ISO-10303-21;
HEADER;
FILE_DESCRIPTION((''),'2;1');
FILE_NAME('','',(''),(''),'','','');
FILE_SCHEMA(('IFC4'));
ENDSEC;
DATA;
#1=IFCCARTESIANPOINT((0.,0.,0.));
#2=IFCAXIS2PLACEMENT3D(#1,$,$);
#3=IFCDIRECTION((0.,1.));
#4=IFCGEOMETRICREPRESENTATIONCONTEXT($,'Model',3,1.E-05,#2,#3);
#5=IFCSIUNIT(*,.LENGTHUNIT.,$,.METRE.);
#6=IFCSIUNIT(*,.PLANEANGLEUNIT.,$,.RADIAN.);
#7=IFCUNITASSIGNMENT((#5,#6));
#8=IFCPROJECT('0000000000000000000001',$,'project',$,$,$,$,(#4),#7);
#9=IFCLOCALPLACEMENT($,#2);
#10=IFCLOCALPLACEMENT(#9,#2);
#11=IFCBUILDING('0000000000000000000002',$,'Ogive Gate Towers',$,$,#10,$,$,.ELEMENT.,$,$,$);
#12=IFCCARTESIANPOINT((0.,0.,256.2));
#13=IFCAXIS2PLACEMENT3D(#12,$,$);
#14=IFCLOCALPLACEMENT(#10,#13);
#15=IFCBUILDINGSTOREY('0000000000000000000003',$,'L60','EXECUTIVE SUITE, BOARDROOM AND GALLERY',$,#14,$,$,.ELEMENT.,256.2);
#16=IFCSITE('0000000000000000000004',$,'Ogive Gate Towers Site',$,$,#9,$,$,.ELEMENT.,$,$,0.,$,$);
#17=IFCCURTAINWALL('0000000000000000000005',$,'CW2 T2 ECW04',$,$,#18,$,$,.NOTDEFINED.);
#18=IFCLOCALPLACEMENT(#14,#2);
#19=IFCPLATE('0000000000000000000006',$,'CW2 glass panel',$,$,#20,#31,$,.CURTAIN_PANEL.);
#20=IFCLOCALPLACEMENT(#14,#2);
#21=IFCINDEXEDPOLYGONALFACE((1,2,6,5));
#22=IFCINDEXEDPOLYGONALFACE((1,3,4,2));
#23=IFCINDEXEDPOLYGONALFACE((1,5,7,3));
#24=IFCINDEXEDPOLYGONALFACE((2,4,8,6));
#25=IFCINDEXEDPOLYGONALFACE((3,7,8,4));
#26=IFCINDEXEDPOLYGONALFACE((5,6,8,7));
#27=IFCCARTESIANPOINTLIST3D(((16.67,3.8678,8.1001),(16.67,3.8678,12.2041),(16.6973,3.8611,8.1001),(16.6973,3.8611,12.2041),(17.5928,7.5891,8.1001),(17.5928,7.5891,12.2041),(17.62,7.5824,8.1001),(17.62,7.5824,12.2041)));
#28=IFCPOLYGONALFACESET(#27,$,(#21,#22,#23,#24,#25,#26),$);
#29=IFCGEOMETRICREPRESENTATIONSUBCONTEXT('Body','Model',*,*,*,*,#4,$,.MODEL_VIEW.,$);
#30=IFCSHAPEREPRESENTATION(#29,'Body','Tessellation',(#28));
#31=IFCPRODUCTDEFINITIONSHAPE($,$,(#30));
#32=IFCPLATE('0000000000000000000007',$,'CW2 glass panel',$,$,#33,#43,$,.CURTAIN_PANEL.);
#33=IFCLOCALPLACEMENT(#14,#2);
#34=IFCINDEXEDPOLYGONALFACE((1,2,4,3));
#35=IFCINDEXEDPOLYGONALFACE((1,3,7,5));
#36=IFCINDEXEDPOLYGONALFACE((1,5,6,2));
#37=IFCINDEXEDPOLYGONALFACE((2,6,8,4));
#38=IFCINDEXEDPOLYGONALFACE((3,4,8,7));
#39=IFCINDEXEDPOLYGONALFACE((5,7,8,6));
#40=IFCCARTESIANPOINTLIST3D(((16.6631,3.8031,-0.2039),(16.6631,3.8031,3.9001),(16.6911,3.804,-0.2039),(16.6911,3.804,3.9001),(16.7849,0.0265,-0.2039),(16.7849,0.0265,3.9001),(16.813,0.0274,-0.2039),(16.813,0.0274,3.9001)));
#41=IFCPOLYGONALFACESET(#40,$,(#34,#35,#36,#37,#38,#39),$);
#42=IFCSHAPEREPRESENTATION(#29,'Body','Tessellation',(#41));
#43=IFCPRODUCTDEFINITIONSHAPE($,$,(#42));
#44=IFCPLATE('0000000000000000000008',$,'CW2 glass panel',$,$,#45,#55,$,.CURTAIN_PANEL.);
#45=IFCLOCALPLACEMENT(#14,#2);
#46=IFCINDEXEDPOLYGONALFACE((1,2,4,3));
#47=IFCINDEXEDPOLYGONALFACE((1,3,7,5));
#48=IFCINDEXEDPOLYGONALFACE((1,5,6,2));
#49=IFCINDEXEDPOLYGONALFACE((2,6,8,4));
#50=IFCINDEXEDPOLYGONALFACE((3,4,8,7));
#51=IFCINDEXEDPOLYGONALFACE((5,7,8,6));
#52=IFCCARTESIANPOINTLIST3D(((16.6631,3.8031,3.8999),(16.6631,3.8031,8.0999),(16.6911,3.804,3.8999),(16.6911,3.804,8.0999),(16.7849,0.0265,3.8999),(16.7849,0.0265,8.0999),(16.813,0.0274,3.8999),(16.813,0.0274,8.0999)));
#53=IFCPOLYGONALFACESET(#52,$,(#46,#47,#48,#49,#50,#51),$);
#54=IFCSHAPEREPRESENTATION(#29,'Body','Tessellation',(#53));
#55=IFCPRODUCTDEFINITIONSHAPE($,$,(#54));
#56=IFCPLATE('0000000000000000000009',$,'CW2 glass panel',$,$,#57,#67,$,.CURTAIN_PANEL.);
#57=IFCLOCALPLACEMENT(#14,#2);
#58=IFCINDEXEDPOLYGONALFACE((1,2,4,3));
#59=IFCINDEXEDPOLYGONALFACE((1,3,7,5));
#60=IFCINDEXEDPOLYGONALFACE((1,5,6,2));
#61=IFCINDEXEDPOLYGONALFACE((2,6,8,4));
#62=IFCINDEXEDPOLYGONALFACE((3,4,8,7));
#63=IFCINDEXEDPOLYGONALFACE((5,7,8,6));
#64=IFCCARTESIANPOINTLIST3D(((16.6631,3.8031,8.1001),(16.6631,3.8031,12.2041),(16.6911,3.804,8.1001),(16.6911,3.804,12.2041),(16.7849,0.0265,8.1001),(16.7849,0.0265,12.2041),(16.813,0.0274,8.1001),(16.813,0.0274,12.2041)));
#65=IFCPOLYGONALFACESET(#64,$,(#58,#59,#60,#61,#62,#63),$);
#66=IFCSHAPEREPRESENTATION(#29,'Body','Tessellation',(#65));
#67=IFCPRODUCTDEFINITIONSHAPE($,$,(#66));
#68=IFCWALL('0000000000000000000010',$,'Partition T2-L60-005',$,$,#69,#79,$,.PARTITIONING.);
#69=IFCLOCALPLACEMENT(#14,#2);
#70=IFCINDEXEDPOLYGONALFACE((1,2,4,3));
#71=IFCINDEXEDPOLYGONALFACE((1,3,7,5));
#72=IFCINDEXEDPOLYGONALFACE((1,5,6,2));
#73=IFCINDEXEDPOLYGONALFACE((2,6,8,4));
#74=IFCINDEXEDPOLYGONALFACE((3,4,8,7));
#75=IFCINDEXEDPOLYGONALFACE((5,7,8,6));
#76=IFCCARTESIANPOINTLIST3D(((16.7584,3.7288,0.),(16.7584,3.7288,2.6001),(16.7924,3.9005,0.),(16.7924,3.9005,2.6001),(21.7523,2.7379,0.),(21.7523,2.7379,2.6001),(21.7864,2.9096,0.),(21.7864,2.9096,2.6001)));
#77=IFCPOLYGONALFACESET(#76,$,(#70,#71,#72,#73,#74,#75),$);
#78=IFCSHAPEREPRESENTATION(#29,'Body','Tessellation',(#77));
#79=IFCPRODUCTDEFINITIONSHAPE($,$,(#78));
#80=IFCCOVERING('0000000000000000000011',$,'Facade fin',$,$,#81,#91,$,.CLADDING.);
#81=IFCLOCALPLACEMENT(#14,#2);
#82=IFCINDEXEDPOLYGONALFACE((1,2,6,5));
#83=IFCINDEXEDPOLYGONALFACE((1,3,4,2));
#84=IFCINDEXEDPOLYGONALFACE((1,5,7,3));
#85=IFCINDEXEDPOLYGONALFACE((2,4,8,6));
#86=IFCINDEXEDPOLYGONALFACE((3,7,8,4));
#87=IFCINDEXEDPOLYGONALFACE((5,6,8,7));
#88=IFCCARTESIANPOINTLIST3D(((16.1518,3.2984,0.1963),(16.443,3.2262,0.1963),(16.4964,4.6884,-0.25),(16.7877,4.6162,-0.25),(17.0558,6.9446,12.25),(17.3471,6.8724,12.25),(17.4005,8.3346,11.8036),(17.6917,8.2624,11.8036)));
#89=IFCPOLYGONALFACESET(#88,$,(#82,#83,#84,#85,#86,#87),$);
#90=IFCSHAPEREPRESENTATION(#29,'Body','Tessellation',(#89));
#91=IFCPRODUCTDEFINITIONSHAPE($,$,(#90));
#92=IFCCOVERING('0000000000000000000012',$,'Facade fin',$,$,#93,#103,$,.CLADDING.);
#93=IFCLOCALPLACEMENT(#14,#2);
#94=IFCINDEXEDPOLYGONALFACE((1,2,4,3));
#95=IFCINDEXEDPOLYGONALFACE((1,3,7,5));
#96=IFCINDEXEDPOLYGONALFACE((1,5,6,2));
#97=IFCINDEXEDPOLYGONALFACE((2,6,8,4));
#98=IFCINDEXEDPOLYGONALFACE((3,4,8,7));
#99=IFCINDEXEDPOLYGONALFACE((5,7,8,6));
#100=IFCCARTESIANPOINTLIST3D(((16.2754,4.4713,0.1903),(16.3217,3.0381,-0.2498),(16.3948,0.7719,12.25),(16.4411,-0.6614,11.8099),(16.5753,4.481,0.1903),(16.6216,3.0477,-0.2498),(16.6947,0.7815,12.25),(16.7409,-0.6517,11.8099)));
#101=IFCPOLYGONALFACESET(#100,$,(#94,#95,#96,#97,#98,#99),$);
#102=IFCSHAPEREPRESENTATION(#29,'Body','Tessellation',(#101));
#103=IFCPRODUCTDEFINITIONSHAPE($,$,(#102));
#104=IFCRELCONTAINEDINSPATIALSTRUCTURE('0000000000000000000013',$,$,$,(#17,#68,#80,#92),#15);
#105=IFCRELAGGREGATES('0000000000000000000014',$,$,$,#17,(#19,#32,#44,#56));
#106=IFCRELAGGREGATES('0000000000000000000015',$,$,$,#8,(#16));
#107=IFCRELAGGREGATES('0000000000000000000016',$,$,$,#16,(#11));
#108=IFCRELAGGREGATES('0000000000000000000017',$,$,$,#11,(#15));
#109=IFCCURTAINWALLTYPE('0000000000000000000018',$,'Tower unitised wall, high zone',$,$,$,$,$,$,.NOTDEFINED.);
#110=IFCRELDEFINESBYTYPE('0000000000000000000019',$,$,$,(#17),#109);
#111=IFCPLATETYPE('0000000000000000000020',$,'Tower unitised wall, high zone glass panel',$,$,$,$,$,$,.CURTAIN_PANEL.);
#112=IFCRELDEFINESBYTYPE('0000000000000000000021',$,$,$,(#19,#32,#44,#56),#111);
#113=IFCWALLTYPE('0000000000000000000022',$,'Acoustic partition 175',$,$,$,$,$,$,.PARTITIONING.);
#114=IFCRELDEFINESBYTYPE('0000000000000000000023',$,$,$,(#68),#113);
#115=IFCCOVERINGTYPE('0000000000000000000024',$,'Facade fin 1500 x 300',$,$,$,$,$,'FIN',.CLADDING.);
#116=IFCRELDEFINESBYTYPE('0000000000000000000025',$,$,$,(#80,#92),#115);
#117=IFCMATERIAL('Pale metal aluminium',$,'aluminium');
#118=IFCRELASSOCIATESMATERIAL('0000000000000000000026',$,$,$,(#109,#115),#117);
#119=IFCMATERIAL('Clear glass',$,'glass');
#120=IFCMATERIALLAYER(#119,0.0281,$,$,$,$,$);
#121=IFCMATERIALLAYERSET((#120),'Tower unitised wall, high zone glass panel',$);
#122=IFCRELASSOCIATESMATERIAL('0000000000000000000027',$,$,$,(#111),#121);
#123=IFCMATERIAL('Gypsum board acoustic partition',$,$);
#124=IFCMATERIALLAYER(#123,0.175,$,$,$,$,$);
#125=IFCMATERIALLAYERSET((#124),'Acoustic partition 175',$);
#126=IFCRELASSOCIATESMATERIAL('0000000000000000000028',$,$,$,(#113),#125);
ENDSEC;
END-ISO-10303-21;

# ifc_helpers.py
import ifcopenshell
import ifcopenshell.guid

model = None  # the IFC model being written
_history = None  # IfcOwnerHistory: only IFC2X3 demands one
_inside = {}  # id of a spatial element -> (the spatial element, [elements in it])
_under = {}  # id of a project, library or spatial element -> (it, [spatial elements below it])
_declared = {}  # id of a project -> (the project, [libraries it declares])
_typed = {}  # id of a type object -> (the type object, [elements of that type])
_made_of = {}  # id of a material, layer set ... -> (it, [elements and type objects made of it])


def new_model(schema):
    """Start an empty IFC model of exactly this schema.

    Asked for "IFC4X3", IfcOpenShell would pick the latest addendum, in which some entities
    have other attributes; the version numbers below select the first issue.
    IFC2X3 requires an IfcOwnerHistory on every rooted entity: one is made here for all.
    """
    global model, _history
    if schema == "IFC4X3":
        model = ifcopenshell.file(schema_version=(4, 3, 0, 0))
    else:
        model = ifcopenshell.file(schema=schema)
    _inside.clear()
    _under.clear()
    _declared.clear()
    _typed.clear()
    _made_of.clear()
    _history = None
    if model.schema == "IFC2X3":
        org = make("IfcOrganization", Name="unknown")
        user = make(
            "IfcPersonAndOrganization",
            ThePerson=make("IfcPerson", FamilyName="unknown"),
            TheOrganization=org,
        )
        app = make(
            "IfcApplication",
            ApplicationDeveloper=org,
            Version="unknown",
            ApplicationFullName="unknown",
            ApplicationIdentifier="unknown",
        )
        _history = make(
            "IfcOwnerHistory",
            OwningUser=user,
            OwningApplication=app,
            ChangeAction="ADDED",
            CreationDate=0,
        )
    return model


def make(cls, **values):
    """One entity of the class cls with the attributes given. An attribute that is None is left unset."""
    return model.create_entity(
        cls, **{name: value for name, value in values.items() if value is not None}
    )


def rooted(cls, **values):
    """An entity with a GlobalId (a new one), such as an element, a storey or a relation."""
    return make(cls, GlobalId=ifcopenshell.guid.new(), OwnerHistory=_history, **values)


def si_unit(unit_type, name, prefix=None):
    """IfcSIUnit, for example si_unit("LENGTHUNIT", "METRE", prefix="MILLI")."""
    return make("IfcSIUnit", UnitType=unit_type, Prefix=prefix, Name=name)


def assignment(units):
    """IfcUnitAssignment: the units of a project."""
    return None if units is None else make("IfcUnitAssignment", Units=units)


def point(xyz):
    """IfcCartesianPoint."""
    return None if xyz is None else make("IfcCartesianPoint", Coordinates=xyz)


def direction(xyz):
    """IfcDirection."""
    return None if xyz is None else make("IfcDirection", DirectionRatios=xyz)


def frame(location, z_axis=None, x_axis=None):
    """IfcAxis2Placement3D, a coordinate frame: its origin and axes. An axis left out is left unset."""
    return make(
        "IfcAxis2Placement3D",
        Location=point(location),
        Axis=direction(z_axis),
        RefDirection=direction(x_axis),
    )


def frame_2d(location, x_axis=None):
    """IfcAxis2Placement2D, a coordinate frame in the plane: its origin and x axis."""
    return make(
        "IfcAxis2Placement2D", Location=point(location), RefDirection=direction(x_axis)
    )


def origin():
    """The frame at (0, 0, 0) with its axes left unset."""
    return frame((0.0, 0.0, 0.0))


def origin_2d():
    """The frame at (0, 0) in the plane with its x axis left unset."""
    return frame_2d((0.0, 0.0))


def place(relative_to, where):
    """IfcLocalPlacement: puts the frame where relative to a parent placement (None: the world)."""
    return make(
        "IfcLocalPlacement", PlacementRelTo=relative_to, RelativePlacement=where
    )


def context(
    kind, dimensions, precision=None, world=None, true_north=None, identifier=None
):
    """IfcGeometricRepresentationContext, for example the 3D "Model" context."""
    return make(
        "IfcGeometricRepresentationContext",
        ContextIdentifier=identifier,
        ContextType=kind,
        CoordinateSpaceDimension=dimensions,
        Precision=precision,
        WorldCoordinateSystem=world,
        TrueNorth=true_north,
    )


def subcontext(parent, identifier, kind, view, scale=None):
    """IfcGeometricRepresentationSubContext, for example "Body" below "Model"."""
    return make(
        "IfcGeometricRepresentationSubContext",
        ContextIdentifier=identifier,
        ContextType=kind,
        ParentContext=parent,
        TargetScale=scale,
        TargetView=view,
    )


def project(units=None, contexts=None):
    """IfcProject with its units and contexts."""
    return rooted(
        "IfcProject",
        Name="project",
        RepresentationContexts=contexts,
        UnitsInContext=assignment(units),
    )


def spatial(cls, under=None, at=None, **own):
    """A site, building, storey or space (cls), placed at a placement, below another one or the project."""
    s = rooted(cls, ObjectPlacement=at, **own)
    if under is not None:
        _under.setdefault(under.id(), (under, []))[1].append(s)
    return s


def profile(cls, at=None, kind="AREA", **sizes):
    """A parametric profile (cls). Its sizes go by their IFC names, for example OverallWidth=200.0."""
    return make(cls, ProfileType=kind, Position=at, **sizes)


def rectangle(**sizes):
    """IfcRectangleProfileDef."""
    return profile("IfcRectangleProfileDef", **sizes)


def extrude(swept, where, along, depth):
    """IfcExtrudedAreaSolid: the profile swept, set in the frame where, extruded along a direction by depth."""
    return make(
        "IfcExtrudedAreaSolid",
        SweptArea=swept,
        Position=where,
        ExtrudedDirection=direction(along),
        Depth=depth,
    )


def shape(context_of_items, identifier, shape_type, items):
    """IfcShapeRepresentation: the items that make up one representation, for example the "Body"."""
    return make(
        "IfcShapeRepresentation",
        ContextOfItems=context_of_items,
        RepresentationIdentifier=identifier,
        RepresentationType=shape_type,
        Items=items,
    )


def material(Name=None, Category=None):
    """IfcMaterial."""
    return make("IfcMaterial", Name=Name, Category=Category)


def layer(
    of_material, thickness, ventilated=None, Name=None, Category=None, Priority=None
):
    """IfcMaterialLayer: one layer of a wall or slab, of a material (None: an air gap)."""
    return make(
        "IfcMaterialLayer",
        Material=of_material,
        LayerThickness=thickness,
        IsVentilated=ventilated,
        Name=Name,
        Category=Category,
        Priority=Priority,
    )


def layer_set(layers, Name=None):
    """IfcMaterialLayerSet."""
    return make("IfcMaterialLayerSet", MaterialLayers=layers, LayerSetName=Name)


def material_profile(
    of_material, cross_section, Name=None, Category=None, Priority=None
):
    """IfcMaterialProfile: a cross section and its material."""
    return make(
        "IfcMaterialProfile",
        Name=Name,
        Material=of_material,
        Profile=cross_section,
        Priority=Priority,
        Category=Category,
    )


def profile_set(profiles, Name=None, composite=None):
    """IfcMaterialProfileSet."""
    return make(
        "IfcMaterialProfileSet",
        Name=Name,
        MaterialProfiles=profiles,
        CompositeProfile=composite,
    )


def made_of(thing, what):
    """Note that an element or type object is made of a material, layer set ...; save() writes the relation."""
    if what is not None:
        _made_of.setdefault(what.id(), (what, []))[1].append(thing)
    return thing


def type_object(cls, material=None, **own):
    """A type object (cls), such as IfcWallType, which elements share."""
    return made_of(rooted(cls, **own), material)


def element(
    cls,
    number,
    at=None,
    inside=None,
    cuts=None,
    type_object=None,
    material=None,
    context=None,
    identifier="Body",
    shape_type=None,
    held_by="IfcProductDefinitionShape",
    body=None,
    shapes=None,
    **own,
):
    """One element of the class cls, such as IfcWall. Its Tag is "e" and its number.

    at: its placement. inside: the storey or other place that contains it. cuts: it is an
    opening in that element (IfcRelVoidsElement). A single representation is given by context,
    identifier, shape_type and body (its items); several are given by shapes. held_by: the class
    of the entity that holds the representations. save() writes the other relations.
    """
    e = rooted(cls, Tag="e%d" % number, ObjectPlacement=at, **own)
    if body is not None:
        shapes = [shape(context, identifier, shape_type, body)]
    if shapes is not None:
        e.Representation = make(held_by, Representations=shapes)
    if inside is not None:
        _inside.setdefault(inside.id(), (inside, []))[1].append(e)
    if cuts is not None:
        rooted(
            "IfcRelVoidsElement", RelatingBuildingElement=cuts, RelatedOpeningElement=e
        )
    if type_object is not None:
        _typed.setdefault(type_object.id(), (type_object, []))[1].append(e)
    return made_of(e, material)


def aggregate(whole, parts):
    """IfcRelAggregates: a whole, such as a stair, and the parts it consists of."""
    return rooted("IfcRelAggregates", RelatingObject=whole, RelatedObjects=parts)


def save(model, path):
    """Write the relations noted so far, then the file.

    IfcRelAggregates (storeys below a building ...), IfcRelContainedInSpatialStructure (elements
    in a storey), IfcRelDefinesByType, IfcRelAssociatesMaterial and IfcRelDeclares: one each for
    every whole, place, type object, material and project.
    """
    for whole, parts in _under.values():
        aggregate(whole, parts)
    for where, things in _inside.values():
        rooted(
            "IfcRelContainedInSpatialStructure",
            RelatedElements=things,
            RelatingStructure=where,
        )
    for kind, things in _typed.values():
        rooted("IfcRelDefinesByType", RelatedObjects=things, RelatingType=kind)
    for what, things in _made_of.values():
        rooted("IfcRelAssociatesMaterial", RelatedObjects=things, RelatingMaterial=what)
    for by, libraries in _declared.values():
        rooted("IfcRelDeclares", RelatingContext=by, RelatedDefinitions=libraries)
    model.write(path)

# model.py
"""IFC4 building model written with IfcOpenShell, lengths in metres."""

from ifc_helpers import new_model, si_unit, direction, frame, frame_2d, origin, origin_2d, place, context, subcontext, project, spatial, rectangle, extrude, material, layer, layer_set, material_profile, profile_set, type_object, element, aggregate, save


model = new_model("IFC4")

# Units and contexts
model_context = context("Model", 3, precision=1e-05, world=origin(), true_north=direction((0.0, 1.0)))
body_context = subcontext(model_context, "Body", "Model", "MODEL_VIEW")
ifc_project = project(units=[si_unit("LENGTHUNIT", "METRE"), si_unit("PLANEANGLEUNIT", "RADIAN")], contexts=[model_context])

# Site, building, storey
site_placement = place(None, origin())
site = spatial("IfcSite", under=ifc_project, at=site_placement, Name="Ogive Gate Towers Site", CompositionType="ELEMENT", RefElevation=0.0)
building_placement = place(site_placement, origin())
building = spatial("IfcBuilding", under=site, at=building_placement, Name="Ogive Gate Towers", CompositionType="ELEMENT")
storey_placement = place(building_placement, frame((0.0, 0.0, 256.2)))
storey = spatial("IfcBuildingStorey", under=building, at=storey_placement, Name="L60", Description="EXECUTIVE SUITE, BOARDROOM AND GALLERY", CompositionType="ELEMENT", Elevation=256.2)

# Curtain wall
ifc_material_1 = material(Name="Pale metal aluminium", Category="aluminium")
curtain_wall_type = type_object("IfcCurtainWallType", Name="Tower unitised wall, high zone", PredefinedType="NOTDEFINED", material=ifc_material_1)
curtain_wall_placement = place(storey_placement, origin())
curtain_wall = element("IfcCurtainWall", 1, at=curtain_wall_placement, inside=storey, type_object=curtain_wall_type, Name="CW2 T2 ECW04", PredefinedType="NOTDEFINED")

# Plates
ifc_material_2 = material(Name="Clear glass", Category="glass")
ifc_layer_1 = layer(ifc_material_2, 0.0281)
ifc_layer_set_1 = layer_set([ifc_layer_1], Name="Tower unitised wall, high zone glass panel")
plate_type = type_object("IfcPlateType", Name="Tower unitised wall, high zone glass panel", PredefinedType="CURTAIN_PANEL", material=ifc_layer_set_1)
plate_1_placement = place(storey_placement, frame((17.145, 5.7251, 8.1001), z_axis=(0.0, 0.0, 1.0), x_axis=(-0.240669, -0.970607, 0.0)))
plate_1 = element("IfcPlate", 2, at=plate_1_placement, type_object=plate_type, Name="CW2 glass panel", PredefinedType="CURTAIN_PANEL", context=body_context, shape_type="SweptSolid", body=[
    extrude(rectangle(XDim=3.834, YDim=0.0281, at=origin_2d()), origin(), (0.0, 0.0, 1.0), 4.104),
])
plate_2_placement = place(storey_placement, frame((16.738, 1.9153, -0.2039), z_axis=(0.0, 0.0, 1.0), x_axis=(0.032248, -0.99948, 0.0)))
plate_2 = element("IfcPlate", 3, at=plate_2_placement, type_object=plate_type, Name="CW2 glass panel", PredefinedType="CURTAIN_PANEL", context=body_context, shape_type="SweptSolid", body=[
    extrude(rectangle(XDim=3.7786, YDim=0.0281, at=origin_2d()), origin(), (0.0, 0.0, 1.0), 4.104),
])
plate_3_placement = place(storey_placement, frame((16.738, 1.9153, 3.8999), z_axis=(0.0, 0.0, 1.0), x_axis=(0.032248, -0.99948, 0.0)))
plate_3 = element("IfcPlate", 4, at=plate_3_placement, type_object=plate_type, Name="CW2 glass panel", PredefinedType="CURTAIN_PANEL", context=body_context, shape_type="SweptSolid", body=[
    extrude(rectangle(XDim=3.7786, YDim=0.0281, at=origin_2d()), origin(), (0.0, 0.0, 1.0), 4.2),
])
plate_4_placement = place(storey_placement, frame((16.738, 1.9153, 8.1001), z_axis=(0.0, 0.0, 1.0), x_axis=(0.032248, -0.99948, 0.0)))
plate_4 = element("IfcPlate", 5, at=plate_4_placement, type_object=plate_type, Name="CW2 glass panel", PredefinedType="CURTAIN_PANEL", context=body_context, shape_type="SweptSolid", body=[
    extrude(rectangle(XDim=3.7786, YDim=0.0281, at=origin_2d()), origin(), (0.0, 0.0, 1.0), 4.104),
])
aggregate(curtain_wall, [plate_1, plate_2, plate_3, plate_4])

# Wall
ifc_material_3 = material(Name="Gypsum board acoustic partition")
ifc_layer_2 = layer(ifc_material_3, 0.175)
ifc_layer_set_2 = layer_set([ifc_layer_2], Name="Acoustic partition 175")
wall_type = type_object("IfcWallType", Name="Acoustic partition 175", PredefinedType="PARTITIONING", material=ifc_layer_set_2)
wall_placement = place(storey_placement, frame((16.7754, 3.8147, 0.0), z_axis=(0.0, 0.0, 1.0), x_axis=(0.980875, -0.19464, 0.0)))
element("IfcWall", 6, at=wall_placement, inside=storey, type_object=wall_type, Name="Partition T2-L60-005", PredefinedType="PARTITIONING", context=body_context, shape_type="SweptSolid", body=[
    extrude(rectangle(XDim=5.0913, YDim=0.175, at=frame_2d((2.5457, 0.0))), origin(), (0.0, 0.0, 1.0), 2.6001),
])

# Coverings
ifc_material_profile_1 = material_profile(ifc_material_1, rectangle(XDim=0.3, YDim=1.5, at=origin_2d()), Name="1500 x 300 pale metal aluminium")
ifc_profile_set_1 = profile_set([ifc_material_profile_1], Name="Pale metal aluminium")
covering_type = type_object("IfcCoveringType", Name="Facade fin 1500 x 300", ElementType="FIN", PredefinedType="CLADDING", material=ifc_profile_set_1)
covering_1_placement = place(storey_placement, frame((16.4697, 3.9573, -0.0269), z_axis=(0.071605, 0.288799, 0.954708), x_axis=(-0.970611, 0.240654, 0.0)))
element("IfcCovering", 7, at=covering_1_placement, inside=storey, type_object=covering_type, Name="Facade fin", PredefinedType="CLADDING", context=body_context, shape_type="SweptSolid", body=[
    extrude(rectangle(XDim=0.3, YDim=1.5, at=origin_2d()), origin(), (0.0, 0.0, 1.0), 12.6255),
])
covering_2_placement = place(storey_placement, frame((16.4485, 3.7595, -0.0298), z_axis=(0.009464, -0.293258, 0.955987), x_axis=(0.99948, 0.032254, 0.0)))
element("IfcCovering", 8, at=covering_2_placement, inside=storey, type_object=covering_type, Name="Facade fin", PredefinedType="CLADDING", context=body_context, shape_type="SweptSolid", body=[
    extrude(rectangle(XDim=0.3, YDim=1.5, at=origin_2d()), origin(), (0.0, 0.0, 1.0), 12.615),
])

save(model, "model.ifc")
